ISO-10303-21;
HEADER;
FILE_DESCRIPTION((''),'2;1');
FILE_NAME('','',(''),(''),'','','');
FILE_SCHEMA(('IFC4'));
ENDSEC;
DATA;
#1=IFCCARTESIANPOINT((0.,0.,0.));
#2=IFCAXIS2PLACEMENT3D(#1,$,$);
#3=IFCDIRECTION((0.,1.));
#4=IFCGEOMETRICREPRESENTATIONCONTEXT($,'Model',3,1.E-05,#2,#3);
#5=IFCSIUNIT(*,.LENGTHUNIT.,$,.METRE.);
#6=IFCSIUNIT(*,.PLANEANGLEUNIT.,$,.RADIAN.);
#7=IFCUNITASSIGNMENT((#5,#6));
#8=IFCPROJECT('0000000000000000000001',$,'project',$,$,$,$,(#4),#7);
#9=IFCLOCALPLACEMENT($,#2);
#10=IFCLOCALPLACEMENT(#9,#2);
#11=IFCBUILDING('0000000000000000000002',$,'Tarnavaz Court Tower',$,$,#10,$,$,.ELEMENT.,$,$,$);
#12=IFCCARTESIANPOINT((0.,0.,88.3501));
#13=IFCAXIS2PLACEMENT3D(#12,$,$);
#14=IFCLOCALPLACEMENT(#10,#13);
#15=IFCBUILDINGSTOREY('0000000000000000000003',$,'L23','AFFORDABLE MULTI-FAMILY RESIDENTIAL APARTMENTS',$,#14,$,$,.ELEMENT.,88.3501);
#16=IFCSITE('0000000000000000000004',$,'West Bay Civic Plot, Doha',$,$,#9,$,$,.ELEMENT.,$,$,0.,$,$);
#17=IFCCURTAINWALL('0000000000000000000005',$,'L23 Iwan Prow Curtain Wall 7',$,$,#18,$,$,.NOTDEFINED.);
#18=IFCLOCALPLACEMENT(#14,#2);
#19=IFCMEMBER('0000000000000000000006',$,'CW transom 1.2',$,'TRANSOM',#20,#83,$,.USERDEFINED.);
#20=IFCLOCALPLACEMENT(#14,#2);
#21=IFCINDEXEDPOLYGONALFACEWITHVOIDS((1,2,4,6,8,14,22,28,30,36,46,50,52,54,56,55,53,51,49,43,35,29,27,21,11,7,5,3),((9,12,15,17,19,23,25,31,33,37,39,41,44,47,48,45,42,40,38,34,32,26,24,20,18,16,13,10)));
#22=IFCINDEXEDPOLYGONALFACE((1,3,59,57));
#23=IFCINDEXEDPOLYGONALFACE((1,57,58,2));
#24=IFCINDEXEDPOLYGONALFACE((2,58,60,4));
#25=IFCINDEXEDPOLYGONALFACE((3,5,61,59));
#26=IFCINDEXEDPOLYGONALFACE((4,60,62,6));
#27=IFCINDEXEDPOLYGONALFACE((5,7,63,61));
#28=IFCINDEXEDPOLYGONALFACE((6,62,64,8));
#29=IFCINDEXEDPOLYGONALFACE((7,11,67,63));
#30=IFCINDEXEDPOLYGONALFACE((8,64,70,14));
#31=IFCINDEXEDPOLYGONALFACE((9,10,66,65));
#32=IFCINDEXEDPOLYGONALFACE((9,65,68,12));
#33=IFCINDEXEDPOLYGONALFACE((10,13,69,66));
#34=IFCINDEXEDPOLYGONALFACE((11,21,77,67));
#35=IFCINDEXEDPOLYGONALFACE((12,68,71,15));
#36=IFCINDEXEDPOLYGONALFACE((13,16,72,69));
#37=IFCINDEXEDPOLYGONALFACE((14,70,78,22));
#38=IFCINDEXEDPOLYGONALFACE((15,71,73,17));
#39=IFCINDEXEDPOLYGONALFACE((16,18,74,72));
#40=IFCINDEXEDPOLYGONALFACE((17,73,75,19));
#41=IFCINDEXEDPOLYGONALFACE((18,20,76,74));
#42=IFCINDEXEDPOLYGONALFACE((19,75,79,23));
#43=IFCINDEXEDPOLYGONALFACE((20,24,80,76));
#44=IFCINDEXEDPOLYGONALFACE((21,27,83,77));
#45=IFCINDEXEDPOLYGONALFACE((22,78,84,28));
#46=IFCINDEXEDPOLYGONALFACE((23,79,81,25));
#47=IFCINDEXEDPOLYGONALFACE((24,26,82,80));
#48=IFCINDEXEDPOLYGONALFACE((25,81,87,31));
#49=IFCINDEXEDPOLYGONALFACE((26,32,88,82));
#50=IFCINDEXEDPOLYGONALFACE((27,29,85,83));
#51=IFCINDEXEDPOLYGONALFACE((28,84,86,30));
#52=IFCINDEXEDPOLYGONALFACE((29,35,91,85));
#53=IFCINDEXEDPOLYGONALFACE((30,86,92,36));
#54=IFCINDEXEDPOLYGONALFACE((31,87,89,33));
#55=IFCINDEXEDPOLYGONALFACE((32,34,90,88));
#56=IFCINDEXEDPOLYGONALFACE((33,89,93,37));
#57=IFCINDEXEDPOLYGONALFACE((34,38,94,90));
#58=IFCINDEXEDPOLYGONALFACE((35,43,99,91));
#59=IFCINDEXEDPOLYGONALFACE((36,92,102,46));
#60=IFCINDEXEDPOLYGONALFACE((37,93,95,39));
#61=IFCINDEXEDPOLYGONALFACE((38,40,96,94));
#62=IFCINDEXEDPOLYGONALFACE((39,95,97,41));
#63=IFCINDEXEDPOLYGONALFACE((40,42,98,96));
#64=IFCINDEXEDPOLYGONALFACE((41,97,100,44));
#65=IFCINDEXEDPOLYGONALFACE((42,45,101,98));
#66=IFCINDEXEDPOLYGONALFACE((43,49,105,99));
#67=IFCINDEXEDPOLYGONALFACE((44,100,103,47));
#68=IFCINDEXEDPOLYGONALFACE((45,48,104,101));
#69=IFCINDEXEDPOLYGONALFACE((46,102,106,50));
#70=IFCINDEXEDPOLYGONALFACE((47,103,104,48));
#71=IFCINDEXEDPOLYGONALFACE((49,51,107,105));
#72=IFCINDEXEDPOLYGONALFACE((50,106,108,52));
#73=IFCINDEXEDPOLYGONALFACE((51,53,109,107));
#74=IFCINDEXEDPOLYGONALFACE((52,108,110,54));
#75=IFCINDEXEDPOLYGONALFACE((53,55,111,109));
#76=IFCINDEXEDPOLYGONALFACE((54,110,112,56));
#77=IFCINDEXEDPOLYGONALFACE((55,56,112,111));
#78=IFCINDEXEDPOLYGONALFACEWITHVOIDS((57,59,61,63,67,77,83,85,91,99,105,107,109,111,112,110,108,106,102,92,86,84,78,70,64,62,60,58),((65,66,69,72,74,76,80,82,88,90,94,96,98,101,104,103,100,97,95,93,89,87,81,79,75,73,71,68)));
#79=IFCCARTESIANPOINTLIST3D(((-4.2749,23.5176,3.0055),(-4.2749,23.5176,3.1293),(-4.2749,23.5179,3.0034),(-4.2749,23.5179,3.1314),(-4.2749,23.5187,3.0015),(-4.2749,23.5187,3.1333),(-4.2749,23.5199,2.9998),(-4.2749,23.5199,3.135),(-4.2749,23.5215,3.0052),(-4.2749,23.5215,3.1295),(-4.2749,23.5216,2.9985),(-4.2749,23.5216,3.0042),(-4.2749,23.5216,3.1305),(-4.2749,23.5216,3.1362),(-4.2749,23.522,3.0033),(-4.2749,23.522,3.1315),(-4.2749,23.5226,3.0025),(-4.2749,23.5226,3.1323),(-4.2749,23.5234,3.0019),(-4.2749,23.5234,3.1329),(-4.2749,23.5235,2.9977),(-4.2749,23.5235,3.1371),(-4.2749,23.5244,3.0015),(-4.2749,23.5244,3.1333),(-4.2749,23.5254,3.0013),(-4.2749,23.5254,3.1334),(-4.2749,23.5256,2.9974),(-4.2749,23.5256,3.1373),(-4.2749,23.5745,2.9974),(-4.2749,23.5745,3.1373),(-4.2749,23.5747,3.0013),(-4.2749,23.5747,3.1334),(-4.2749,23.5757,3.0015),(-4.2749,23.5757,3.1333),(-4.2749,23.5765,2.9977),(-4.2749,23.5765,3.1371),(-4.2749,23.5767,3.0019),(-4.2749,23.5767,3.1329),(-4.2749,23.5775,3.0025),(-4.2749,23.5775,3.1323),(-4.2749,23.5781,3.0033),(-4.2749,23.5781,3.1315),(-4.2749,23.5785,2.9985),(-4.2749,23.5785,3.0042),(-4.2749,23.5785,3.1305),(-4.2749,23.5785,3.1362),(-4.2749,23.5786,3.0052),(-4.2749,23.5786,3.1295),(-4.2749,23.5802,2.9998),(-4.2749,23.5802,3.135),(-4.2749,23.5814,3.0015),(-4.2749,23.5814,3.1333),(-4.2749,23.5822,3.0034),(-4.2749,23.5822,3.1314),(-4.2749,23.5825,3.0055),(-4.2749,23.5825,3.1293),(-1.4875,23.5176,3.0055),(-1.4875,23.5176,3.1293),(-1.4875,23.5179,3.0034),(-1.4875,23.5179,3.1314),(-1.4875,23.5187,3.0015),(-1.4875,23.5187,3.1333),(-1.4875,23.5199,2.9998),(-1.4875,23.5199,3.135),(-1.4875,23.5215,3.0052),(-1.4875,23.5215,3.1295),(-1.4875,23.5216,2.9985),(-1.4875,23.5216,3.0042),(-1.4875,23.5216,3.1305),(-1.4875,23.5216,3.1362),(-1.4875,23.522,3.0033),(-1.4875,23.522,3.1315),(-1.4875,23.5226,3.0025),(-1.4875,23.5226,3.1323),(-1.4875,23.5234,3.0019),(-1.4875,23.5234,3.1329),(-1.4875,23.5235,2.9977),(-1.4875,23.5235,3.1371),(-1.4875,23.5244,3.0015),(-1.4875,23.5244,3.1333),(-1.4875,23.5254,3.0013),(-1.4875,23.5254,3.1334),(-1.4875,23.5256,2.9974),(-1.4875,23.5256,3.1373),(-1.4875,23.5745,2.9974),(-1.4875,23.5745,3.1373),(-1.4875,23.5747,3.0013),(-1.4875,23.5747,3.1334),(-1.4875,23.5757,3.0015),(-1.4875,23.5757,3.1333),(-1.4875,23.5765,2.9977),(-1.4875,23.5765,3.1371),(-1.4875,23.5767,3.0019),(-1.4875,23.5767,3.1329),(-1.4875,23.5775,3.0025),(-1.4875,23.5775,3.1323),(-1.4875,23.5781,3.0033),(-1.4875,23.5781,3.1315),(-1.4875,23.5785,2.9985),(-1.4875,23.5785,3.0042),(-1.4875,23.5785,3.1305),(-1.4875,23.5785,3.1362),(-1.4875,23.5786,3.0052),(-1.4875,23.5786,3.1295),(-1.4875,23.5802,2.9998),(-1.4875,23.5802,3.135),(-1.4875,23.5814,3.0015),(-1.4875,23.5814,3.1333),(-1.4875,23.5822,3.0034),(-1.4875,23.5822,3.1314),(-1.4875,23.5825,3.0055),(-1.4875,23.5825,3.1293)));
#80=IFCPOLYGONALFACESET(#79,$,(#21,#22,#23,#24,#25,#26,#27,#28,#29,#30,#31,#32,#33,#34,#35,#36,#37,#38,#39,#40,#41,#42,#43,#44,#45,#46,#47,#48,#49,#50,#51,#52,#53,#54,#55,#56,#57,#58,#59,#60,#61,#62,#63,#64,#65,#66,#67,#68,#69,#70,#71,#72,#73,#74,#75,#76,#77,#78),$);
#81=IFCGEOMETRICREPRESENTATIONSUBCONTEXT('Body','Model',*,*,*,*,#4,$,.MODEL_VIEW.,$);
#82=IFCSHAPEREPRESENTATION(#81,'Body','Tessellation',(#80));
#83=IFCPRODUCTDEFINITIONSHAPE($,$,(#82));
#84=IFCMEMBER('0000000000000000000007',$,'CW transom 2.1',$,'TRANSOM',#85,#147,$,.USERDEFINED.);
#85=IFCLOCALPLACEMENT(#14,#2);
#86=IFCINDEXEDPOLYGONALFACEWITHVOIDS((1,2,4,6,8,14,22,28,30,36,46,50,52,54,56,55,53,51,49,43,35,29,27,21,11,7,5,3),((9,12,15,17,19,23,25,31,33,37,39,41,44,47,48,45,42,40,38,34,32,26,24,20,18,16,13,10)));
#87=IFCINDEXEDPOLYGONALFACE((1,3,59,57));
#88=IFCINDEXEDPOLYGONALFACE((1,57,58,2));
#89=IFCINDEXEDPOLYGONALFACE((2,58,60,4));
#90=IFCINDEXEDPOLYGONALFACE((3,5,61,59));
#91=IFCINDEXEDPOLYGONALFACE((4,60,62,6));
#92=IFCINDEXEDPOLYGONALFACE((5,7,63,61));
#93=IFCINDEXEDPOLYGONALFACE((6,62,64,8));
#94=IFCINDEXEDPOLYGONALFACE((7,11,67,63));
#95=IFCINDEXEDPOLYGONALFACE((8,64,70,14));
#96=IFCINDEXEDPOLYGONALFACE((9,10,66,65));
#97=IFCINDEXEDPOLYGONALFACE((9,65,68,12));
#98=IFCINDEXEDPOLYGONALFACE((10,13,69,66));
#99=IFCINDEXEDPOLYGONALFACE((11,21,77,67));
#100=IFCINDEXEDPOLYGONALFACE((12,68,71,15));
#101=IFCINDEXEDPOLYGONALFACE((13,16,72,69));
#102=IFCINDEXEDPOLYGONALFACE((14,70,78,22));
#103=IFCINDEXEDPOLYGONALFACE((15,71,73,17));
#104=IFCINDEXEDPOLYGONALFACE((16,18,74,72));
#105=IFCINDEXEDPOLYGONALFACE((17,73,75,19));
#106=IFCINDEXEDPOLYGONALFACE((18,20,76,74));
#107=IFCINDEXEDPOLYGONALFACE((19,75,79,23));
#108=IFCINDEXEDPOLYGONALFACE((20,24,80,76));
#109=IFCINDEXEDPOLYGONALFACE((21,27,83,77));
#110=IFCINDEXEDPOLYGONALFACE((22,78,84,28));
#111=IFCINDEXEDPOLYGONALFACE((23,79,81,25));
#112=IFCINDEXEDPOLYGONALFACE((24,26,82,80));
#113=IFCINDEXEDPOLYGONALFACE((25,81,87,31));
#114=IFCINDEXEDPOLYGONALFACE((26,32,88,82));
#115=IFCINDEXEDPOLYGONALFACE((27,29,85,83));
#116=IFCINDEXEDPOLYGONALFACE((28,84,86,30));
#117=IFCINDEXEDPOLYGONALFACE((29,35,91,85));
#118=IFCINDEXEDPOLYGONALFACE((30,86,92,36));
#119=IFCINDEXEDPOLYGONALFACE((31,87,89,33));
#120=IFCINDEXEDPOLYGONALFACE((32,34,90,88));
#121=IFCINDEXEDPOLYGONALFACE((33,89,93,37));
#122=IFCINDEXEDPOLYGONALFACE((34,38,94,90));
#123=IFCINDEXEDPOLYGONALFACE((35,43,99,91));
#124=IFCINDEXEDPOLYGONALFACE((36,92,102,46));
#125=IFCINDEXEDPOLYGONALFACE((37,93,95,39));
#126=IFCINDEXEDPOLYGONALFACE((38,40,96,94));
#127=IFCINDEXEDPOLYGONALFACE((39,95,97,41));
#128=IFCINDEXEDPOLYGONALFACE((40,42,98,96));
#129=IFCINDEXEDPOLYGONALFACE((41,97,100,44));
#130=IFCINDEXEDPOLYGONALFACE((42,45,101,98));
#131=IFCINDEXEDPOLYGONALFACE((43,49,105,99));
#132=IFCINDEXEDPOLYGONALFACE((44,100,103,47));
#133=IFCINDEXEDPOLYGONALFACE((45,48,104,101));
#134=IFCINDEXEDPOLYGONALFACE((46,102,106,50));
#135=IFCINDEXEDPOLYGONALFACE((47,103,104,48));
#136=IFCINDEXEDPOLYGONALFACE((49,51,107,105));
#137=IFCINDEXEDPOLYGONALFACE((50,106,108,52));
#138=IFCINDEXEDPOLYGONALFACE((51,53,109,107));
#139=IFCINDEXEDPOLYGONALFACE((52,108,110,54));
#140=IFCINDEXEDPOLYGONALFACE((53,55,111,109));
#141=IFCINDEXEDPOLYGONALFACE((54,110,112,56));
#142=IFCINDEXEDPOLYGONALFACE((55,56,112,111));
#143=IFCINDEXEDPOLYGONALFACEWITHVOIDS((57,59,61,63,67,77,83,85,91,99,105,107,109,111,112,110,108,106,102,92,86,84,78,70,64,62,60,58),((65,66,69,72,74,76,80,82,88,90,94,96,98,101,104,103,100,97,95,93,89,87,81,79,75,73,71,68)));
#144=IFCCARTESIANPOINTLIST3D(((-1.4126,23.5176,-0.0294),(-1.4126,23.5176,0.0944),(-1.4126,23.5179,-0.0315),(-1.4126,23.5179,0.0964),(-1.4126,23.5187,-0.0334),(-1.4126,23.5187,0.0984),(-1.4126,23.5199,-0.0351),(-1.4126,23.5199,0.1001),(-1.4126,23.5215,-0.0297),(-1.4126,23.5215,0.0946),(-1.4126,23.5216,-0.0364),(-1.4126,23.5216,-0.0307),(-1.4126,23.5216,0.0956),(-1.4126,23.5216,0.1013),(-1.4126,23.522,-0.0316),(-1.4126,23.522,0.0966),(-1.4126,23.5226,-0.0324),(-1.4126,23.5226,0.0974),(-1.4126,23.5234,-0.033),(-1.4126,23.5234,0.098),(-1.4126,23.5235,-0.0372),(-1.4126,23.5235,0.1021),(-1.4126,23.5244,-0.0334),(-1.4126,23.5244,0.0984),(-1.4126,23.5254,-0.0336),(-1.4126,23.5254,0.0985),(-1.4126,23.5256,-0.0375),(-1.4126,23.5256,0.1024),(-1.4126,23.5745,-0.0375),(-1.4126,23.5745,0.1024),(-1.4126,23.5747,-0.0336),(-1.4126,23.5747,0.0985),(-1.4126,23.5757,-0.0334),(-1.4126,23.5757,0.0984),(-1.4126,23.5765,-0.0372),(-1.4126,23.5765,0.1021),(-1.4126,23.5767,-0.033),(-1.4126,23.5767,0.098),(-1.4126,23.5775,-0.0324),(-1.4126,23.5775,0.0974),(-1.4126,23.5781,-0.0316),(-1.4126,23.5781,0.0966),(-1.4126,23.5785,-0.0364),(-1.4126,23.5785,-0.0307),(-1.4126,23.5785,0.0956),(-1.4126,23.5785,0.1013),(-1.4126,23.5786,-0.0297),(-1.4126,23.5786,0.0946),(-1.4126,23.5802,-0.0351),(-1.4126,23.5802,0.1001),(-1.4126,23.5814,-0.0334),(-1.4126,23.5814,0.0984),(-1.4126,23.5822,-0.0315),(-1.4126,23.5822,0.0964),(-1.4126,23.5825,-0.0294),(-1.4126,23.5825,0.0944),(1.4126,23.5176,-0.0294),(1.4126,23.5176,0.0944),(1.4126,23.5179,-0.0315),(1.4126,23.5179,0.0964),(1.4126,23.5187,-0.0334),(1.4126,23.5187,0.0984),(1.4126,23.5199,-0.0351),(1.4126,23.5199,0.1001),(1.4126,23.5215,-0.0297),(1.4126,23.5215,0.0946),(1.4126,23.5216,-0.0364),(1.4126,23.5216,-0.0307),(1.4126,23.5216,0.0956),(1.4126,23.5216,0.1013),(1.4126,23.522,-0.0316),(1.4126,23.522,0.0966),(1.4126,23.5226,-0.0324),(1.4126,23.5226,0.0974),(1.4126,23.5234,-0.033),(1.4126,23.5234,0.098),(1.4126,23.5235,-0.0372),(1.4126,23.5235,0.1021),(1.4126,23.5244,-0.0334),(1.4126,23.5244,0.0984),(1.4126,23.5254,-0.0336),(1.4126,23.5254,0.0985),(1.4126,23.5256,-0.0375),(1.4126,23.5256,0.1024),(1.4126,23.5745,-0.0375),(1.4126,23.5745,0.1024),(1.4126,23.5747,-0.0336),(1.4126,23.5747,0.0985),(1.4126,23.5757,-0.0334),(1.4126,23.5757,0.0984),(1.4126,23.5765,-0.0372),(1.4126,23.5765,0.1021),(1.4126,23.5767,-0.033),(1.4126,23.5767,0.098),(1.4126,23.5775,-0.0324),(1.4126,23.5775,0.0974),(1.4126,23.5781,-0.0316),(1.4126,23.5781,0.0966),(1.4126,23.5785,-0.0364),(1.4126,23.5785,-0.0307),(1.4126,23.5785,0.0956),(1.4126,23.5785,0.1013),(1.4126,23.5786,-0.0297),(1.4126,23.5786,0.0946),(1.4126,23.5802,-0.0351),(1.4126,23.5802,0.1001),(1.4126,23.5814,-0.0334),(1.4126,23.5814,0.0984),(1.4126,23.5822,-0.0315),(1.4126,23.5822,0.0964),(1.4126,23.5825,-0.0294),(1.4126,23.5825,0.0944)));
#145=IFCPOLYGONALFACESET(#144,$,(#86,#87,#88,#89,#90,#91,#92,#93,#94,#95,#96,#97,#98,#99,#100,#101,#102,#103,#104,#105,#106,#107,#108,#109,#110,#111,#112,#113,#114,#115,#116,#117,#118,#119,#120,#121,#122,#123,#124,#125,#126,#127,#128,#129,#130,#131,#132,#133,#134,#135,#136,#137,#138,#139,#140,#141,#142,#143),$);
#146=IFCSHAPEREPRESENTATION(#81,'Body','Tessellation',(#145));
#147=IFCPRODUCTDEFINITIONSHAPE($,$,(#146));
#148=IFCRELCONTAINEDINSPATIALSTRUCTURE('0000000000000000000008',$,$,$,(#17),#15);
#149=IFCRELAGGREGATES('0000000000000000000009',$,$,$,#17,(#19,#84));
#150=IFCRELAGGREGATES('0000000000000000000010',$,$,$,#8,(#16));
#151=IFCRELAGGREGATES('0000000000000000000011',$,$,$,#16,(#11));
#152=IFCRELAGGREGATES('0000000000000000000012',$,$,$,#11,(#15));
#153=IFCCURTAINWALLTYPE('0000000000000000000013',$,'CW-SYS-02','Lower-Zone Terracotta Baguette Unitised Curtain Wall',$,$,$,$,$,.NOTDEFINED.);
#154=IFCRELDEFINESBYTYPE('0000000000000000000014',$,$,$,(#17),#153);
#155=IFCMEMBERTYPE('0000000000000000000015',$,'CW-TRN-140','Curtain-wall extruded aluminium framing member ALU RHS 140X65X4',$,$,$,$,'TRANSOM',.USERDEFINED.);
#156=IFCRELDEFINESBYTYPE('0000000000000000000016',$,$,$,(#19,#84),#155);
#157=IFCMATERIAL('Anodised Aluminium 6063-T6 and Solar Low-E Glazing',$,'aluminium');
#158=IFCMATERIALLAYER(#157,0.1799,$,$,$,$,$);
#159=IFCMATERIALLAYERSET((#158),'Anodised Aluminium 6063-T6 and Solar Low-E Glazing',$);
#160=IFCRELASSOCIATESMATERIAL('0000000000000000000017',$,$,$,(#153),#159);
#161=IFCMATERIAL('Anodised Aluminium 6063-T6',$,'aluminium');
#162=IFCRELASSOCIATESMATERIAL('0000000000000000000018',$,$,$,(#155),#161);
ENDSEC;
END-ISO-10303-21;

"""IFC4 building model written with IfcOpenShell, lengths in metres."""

from ifc_helpers import new_model, si_unit, direction, frame, origin, origin_2d, place, context, subcontext, project, spatial, hollow_rectangle, extrude, material, layer, layer_set, material_profile, profile_set, type_object, element, aggregate, save


model = new_model("IFC4")

# Units and contexts
model_context = context("Model", 3, precision=1e-05, world=origin(), true_north=direction((0.0, 1.0)))
body_context = subcontext(model_context, "Body", "Model", "MODEL_VIEW")
ifc_project = project(units=[si_unit("LENGTHUNIT", "METRE"), si_unit("PLANEANGLEUNIT", "RADIAN")], contexts=[model_context])

# Site, building, storey
site_placement = place(None, origin())
site = spatial("IfcSite", under=ifc_project, at=site_placement, Name="West Bay Civic Plot, Doha", CompositionType="ELEMENT", RefElevation=0.0)
building_placement = place(site_placement, origin())
building = spatial("IfcBuilding", under=site, at=building_placement, Name="Tarnavaz Court Tower", CompositionType="ELEMENT")
storey_placement = place(building_placement, frame((0.0, 0.0, 88.3501)))
storey = spatial("IfcBuildingStorey", under=building, at=storey_placement, Name="L23", Description="AFFORDABLE MULTI-FAMILY RESIDENTIAL APARTMENTS", CompositionType="ELEMENT", Elevation=88.3501)

# Curtain wall, members
ifc_material_1 = material(Name="Anodised Aluminium 6063-T6 and Solar Low-E Glazing", Category="aluminium")
ifc_layer_1 = layer(ifc_material_1, 0.1799)
ifc_layer_set_1 = layer_set([ifc_layer_1], Name="Anodised Aluminium 6063-T6 and Solar Low-E Glazing")
curtain_wall_type = type_object("IfcCurtainWallType", Name="CW-SYS-02", Description="Lower-Zone Terracotta Baguette Unitised Curtain Wall", PredefinedType="NOTDEFINED", material=ifc_layer_set_1)
curtain_wall_placement = place(storey_placement, origin())
curtain_wall = element("IfcCurtainWall", 1, at=curtain_wall_placement, inside=storey, type_object=curtain_wall_type, Name="L23 Iwan Prow Curtain Wall 7", PredefinedType="NOTDEFINED")
ifc_material_2 = material(Name="Anodised Aluminium 6063-T6", Category="aluminium")
ifc_material_profile_1 = material_profile(ifc_material_2, hollow_rectangle(XDim=0.0649, YDim=0.1399, WallThickness=0.0039, InnerFilletRadius=0.0039, OuterFilletRadius=0.0081, at=origin_2d()), Name="ALU RHS 140X65X4")
ifc_profile_set_1 = profile_set([ifc_material_profile_1], Name="Anodised Aluminium 6063-T6")
member_type_1 = type_object("IfcMemberType", Name="CW-TRN-140", Description="Curtain-wall extruded aluminium framing member ALU RHS 140X65X4", ElementType="TRANSOM", PredefinedType="USERDEFINED", material=ifc_profile_set_1)
member_1_placement = place(storey_placement, frame((-4.2749, 23.55, 3.0674), z_axis=(1.0, 0.0, 0.0), x_axis=(0.0, 1.0, 0.0)))
member_1 = element("IfcMember", 2, at=member_1_placement, type_object=member_type_1, Name="CW transom 1.2", ObjectType="TRANSOM", PredefinedType="USERDEFINED", context=body_context, shape_type="SweptSolid", body=[
    extrude(hollow_rectangle(XDim=0.0649, YDim=0.1399, WallThickness=0.0039, InnerFilletRadius=0.0039, OuterFilletRadius=0.0081, at=origin_2d()), origin(), (0.0, 0.0, 1.0), 2.7874),
])
member_2_placement = place(storey_placement, frame((-1.4126, 23.55, 0.0325), z_axis=(1.0, 0.0, 0.0), x_axis=(0.0, 1.0, 0.0)))
member_2 = element("IfcMember", 3, at=member_2_placement, type_object=member_type_1, Name="CW transom 2.1", ObjectType="TRANSOM", PredefinedType="USERDEFINED", context=body_context, shape_type="SweptSolid", body=[
    extrude(hollow_rectangle(XDim=0.0649, YDim=0.1399, WallThickness=0.0039, InnerFilletRadius=0.0039, OuterFilletRadius=0.0081, at=origin_2d()), origin(), (0.0, 0.0, 1.0), 2.8252),
])
aggregate(curtain_wall, [member_1, member_2])

save(model, "model.ifc")
